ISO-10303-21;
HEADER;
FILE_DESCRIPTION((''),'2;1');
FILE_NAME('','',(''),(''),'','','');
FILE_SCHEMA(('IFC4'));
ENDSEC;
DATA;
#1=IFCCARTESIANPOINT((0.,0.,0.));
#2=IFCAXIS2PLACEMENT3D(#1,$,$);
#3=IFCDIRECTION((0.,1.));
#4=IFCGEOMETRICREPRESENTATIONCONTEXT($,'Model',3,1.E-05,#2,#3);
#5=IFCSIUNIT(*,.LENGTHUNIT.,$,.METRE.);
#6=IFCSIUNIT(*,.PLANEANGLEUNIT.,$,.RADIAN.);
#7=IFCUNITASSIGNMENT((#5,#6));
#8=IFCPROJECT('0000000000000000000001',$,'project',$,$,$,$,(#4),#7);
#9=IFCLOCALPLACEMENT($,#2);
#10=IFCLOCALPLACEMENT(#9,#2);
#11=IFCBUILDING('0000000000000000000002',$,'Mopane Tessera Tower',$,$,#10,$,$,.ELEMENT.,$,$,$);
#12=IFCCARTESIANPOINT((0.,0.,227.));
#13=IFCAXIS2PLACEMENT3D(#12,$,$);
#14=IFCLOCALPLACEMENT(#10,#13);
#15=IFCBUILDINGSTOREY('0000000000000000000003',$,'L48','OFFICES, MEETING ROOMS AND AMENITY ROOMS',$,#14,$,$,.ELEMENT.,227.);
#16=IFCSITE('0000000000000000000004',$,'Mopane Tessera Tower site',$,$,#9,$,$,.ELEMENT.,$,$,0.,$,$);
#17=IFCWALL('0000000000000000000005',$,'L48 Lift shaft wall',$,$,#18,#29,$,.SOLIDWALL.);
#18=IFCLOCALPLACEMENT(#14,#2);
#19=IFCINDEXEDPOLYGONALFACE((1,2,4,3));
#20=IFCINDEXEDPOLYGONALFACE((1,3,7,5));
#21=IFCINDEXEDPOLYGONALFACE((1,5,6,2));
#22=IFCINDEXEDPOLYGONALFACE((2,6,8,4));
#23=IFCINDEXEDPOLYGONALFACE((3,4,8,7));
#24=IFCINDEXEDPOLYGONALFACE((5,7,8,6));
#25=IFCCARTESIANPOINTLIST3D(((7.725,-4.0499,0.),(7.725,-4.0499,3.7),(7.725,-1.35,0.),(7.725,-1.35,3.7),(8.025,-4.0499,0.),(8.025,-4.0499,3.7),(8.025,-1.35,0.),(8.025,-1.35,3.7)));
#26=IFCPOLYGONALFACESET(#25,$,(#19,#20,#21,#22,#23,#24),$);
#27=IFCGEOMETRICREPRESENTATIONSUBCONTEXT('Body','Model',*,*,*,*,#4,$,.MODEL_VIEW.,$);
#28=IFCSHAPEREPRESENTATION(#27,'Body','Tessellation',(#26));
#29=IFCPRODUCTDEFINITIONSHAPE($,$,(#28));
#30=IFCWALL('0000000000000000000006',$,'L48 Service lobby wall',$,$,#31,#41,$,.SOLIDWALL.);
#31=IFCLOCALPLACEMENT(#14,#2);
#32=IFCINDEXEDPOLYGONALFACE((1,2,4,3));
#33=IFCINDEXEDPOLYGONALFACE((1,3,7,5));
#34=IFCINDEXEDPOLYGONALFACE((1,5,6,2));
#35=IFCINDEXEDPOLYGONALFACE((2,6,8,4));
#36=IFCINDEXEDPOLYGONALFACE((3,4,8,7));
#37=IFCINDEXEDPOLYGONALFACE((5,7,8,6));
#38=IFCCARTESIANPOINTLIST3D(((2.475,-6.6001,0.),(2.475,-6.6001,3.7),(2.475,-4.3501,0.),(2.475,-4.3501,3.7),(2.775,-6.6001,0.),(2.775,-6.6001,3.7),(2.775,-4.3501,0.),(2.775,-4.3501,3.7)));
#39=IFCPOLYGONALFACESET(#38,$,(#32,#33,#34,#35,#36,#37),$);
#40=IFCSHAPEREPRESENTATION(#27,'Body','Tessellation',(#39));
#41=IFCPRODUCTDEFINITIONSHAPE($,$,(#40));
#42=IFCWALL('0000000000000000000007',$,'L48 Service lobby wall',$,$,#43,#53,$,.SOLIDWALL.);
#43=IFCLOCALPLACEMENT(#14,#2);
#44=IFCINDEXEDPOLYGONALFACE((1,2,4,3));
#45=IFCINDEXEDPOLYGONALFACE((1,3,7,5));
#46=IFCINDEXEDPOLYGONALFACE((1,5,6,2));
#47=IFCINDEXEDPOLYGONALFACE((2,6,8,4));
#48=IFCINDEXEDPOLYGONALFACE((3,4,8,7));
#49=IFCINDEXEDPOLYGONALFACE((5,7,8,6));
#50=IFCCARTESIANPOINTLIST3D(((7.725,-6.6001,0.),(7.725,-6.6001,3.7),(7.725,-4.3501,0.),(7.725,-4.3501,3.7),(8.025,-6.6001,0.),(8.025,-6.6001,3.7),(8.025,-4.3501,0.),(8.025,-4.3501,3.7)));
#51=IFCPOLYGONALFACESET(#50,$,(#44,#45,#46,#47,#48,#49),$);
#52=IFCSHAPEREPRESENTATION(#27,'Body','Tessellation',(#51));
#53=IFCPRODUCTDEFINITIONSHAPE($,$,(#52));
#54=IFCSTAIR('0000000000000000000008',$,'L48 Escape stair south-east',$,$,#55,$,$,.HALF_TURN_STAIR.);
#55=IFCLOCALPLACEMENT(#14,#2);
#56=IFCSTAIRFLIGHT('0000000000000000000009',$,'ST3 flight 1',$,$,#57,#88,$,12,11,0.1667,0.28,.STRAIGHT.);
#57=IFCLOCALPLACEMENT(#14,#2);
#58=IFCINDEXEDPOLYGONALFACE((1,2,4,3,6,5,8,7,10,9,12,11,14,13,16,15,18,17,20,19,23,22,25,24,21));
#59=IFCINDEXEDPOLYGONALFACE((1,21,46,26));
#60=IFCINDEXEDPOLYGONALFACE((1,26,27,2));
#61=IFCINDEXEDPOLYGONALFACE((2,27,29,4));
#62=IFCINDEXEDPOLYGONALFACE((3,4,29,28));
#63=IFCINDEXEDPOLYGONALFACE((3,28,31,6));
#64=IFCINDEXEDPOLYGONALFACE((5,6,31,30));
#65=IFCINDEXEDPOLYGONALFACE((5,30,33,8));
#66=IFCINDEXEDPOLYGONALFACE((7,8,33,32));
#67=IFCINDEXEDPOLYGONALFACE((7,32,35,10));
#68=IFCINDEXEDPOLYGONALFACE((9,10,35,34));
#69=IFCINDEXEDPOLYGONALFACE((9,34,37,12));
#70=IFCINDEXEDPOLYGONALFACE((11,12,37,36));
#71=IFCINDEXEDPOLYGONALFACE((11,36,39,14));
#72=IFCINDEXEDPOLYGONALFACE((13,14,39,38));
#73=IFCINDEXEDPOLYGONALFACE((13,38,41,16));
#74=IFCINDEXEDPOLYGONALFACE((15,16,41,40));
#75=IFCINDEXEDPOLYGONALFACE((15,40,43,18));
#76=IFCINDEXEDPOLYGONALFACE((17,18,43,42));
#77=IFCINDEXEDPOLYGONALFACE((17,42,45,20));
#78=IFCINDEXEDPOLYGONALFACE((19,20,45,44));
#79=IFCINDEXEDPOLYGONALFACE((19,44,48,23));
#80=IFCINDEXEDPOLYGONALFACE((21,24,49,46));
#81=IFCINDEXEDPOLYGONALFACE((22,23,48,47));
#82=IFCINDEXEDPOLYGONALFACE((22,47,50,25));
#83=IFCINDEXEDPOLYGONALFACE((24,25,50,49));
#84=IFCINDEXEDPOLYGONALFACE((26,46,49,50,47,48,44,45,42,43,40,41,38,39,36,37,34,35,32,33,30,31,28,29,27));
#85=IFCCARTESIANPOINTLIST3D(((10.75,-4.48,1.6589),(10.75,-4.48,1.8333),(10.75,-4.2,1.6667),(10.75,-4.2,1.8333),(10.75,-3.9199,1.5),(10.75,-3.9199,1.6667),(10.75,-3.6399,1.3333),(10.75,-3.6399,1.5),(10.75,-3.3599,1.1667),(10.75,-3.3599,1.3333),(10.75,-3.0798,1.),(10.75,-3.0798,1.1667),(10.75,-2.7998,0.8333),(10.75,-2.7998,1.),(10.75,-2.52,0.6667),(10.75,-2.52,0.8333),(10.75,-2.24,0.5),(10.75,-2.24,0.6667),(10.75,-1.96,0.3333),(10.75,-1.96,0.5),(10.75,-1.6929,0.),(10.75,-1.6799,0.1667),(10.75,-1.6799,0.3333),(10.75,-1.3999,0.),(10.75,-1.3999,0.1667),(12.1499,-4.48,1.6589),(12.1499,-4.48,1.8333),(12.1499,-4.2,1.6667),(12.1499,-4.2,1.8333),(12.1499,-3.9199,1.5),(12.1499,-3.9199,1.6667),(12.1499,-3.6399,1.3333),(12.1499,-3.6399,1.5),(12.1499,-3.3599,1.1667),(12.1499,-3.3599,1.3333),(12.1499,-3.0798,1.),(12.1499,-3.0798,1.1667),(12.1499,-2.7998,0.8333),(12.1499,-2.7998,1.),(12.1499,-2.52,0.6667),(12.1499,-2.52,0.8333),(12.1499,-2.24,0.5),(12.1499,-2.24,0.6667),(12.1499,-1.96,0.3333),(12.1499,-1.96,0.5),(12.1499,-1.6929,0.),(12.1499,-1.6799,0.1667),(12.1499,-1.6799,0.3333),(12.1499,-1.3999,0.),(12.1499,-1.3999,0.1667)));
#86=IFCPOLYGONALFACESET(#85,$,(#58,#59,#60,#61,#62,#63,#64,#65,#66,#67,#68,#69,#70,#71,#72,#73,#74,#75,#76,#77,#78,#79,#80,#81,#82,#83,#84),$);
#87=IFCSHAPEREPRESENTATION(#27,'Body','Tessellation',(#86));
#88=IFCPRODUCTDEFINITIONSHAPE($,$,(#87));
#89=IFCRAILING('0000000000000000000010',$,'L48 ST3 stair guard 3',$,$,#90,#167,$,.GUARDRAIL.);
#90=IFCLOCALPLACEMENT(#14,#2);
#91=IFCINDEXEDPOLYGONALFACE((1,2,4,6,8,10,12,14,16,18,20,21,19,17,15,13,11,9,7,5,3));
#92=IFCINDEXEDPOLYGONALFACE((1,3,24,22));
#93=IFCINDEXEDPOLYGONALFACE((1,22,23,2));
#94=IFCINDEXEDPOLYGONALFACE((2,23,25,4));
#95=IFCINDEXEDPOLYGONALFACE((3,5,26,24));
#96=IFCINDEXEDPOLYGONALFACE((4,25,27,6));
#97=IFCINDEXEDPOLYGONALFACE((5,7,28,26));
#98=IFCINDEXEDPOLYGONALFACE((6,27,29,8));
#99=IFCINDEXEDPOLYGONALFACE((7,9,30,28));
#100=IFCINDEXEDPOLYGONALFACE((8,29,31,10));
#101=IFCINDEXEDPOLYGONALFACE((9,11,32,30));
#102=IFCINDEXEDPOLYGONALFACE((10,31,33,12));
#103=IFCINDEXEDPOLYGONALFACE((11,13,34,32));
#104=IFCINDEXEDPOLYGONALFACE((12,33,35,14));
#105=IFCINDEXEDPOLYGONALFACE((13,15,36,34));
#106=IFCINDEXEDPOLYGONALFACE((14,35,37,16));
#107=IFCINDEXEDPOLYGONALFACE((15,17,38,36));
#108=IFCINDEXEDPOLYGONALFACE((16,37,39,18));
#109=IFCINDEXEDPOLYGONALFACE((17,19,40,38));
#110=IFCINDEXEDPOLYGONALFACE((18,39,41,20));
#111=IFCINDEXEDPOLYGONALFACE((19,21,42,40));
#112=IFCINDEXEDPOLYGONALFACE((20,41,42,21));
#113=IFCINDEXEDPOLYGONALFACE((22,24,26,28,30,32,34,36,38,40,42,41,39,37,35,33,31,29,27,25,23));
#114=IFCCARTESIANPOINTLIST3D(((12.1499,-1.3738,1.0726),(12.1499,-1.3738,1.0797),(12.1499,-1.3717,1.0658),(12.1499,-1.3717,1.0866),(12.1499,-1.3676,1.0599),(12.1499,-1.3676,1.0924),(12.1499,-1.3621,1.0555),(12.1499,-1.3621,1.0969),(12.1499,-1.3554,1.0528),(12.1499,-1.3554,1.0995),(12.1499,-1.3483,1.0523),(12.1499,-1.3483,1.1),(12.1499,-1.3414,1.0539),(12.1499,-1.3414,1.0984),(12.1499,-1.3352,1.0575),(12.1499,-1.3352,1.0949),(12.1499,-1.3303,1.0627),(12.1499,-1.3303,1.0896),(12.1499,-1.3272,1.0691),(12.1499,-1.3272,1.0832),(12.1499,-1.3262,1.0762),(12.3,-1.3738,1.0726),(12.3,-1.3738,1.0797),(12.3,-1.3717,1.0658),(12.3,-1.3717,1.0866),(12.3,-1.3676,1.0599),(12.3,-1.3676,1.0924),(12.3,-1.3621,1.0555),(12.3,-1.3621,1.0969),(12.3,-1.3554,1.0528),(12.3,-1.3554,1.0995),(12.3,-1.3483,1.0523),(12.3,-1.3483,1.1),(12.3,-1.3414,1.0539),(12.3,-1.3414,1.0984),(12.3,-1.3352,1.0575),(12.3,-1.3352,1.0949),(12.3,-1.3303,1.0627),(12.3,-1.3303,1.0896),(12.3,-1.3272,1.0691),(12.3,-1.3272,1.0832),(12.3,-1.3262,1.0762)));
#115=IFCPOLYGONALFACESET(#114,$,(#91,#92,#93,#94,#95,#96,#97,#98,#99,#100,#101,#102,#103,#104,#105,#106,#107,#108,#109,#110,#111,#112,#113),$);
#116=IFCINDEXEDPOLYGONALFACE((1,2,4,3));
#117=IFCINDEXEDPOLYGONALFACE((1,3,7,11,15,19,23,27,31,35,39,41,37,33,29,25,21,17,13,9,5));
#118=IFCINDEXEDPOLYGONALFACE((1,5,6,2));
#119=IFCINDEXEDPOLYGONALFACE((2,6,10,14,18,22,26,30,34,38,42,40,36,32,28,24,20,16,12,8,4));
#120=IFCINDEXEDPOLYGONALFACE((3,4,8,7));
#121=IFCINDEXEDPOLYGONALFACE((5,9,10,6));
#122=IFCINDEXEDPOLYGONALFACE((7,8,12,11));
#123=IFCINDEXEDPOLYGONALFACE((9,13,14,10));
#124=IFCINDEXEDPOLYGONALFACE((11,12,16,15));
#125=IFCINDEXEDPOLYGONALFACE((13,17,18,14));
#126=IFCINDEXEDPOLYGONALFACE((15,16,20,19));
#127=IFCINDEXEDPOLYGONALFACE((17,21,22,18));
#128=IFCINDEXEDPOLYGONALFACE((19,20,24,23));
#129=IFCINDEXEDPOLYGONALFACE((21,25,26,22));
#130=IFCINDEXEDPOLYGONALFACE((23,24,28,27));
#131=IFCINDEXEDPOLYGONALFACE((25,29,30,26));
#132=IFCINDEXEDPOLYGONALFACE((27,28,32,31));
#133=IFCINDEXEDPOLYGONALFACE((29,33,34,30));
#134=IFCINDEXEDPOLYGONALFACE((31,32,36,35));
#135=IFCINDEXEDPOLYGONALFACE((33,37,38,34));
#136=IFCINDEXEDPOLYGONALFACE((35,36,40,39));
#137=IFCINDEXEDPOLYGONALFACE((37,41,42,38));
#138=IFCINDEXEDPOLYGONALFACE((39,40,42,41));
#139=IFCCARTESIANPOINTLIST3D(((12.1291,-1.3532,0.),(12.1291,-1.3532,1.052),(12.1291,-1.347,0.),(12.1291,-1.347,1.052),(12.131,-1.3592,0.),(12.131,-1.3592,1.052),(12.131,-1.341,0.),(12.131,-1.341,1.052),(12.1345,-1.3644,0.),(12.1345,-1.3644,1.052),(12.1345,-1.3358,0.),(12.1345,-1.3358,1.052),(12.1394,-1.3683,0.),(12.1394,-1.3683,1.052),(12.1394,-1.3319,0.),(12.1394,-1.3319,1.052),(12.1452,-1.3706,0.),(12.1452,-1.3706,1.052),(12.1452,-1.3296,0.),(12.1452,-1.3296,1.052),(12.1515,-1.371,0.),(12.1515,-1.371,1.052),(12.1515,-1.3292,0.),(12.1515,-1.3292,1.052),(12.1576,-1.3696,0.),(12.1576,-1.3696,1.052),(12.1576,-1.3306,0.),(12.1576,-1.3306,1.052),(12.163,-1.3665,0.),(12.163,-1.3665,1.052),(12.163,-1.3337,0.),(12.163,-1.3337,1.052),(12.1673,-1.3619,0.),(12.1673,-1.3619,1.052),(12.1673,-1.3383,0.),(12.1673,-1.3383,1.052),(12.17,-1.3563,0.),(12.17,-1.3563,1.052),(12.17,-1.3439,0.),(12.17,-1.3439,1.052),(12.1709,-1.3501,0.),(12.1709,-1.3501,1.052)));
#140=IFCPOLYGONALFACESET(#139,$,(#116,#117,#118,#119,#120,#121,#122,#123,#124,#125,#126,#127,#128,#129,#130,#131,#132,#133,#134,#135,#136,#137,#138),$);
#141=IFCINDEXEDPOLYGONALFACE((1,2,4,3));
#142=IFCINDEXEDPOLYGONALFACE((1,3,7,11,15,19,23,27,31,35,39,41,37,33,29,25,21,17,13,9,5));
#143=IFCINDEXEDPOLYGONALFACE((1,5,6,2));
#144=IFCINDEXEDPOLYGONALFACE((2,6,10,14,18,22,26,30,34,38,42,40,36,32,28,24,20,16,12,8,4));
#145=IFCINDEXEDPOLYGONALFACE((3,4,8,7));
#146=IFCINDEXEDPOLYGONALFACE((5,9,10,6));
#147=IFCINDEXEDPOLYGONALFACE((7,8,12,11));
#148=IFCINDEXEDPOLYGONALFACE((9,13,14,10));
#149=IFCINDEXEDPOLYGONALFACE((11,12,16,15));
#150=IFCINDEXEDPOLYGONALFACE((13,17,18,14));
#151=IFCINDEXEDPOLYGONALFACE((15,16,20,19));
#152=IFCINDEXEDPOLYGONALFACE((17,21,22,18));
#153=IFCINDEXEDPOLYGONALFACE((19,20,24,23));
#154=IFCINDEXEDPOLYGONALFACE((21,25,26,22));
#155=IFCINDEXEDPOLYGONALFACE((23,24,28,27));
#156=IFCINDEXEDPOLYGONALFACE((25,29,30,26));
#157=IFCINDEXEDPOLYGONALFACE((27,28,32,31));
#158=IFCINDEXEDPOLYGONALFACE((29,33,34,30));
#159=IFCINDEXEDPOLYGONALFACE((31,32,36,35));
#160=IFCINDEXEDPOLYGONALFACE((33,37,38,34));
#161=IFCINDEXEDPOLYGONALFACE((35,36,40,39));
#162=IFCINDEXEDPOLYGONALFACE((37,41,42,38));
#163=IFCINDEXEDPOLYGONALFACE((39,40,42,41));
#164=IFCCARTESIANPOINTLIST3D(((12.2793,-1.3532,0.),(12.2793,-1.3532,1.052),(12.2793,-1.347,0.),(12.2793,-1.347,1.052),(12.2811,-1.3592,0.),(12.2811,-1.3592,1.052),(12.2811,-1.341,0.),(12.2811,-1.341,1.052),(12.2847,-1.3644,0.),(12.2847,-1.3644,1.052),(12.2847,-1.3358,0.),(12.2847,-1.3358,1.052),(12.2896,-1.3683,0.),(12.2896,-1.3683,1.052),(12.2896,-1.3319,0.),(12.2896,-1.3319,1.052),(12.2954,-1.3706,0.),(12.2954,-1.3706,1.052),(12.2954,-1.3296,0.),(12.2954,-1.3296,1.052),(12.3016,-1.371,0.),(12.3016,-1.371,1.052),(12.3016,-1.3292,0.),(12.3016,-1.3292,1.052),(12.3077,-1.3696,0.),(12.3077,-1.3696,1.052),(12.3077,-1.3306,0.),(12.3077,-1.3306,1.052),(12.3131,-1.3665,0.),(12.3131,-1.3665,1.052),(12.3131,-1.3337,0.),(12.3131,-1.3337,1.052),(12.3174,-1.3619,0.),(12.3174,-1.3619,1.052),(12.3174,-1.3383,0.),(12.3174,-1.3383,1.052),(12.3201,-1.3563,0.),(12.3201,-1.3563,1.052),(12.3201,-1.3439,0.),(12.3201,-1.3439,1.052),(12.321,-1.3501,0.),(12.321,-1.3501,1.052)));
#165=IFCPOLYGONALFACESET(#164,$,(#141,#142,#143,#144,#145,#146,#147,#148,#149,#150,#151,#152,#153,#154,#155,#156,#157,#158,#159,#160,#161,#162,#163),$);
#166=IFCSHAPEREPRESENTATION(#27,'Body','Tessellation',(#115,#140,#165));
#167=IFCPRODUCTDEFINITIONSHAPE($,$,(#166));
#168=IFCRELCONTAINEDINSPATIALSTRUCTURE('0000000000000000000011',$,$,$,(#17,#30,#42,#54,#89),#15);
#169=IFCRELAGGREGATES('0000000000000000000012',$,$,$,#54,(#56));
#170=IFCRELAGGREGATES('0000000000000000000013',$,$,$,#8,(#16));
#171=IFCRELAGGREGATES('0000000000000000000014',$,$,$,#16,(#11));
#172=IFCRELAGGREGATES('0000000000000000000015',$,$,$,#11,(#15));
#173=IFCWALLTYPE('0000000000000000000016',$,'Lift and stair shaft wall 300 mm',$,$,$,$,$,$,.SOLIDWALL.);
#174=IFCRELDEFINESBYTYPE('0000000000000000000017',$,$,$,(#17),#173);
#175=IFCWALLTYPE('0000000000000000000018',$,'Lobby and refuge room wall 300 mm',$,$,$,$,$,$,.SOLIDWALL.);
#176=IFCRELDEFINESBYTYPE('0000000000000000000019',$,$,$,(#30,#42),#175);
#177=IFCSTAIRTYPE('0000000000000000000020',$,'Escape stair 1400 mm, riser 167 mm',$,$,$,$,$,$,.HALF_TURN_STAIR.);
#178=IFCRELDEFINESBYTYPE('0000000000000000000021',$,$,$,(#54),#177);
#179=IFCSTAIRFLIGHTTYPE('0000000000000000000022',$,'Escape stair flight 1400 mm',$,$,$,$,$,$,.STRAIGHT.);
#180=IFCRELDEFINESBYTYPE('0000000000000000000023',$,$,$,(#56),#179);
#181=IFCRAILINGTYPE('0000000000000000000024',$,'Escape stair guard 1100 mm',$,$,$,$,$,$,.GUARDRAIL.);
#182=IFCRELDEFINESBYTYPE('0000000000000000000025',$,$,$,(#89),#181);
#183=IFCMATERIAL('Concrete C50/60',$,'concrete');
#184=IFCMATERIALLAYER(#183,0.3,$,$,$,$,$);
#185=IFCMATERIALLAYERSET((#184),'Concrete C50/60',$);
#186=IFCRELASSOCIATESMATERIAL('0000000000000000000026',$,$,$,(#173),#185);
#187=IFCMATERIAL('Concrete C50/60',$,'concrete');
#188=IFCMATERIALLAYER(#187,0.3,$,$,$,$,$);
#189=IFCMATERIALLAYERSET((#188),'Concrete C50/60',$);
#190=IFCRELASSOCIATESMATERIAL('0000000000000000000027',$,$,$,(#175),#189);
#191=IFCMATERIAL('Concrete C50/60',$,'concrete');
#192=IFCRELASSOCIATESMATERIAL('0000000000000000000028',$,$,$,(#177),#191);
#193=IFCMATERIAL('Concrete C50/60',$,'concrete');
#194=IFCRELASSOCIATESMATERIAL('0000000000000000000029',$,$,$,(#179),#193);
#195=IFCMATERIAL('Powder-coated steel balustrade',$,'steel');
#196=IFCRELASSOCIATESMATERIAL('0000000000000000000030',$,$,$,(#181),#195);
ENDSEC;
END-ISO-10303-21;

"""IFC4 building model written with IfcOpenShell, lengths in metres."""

from ifc_helpers import new_model, si_unit, direction, frame, frame_2d, origin, origin_2d, place, context, subcontext, project, spatial, polyline, rectangle, circle, outline, extrude, material, layer, layer_set, type_object, element, aggregate, save


model = new_model("IFC4")

# Units and contexts
model_context = context("Model", 3, precision=1e-05, world=origin(), true_north=direction((0.0, 1.0)))
body_context = subcontext(model_context, "Body", "Model", "MODEL_VIEW")
ifc_project = project(units=[si_unit("LENGTHUNIT", "METRE"), si_unit("PLANEANGLEUNIT", "RADIAN")], contexts=[model_context])

# Site, building, storey
site_placement = place(None, origin())
site = spatial("IfcSite", under=ifc_project, at=site_placement, Name="Mopane Tessera Tower site", CompositionType="ELEMENT", RefElevation=0.0)
building_placement = place(site_placement, origin())
building = spatial("IfcBuilding", under=site, at=building_placement, Name="Mopane Tessera Tower", CompositionType="ELEMENT")
storey_placement = place(building_placement, frame((0.0, 0.0, 227.0)))
storey = spatial("IfcBuildingStorey", under=building, at=storey_placement, Name="L48", Description="OFFICES, MEETING ROOMS AND AMENITY ROOMS", CompositionType="ELEMENT", Elevation=227.0)

# Shared definitions
ifc_material_1 = material(Name="Concrete C50/60", Category="concrete")
ifc_layer_1 = layer(ifc_material_1, 0.3)
ifc_layer_set_1 = layer_set([ifc_layer_1], Name="Concrete C50/60")
wall_type_1 = type_object("IfcWallType", Name="Lift and stair shaft wall 300 mm", PredefinedType="SOLIDWALL", material=ifc_layer_set_1)

# Walls
for number, where, z_axis, x_axis, name in (
    (1, (7.875, -4.05, 0.0), (0.0, 0.0, 1.0), (0.0, 1.0, 0.0), "L48 Lift shaft wall"),
):
    element("IfcWall", number, at=place(storey_placement, frame(where, z_axis=z_axis, x_axis=x_axis)), inside=storey, type_object=wall_type_1, Name=name, PredefinedType="SOLIDWALL", context=body_context, shape_type="SweptSolid", body=[
        extrude(rectangle(XDim=2.7, YDim=0.3, at=frame_2d((1.3501, 0.0))), origin(), (0.0, 0.0, 1.0), 3.7),
    ])
ifc_material_2 = material(Name="Concrete C50/60", Category="concrete")
ifc_layer_2 = layer(ifc_material_2, 0.3)
ifc_layer_set_2 = layer_set([ifc_layer_2], Name="Concrete C50/60")
wall_type_2 = type_object("IfcWallType", Name="Lobby and refuge room wall 300 mm", PredefinedType="SOLIDWALL", material=ifc_layer_set_2)
for number, where, z_axis, x_axis, name in (
    (2, (2.625, -6.6001, 0.0), (0.0, 0.0, 1.0), (0.0, 1.0, 0.0), "L48 Service lobby wall"),
    (3, (7.875, -6.6001, 0.0), (0.0, 0.0, 1.0), (0.0, 1.0, 0.0), "L48 Service lobby wall"),
):
    element("IfcWall", number, at=place(storey_placement, frame(where, z_axis=z_axis, x_axis=x_axis)), inside=storey, type_object=wall_type_2, Name=name, PredefinedType="SOLIDWALL", context=body_context, shape_type="SweptSolid", body=[
        extrude(rectangle(XDim=2.25, YDim=0.3, at=frame_2d((1.125, 0.0))), origin(), (0.0, 0.0, 1.0), 3.7),
    ])

# Stair, stair flight
ifc_material_3 = material(Name="Concrete C50/60", Category="concrete")
stair_type = type_object("IfcStairType", Name="Escape stair 1400 mm, riser 167 mm", PredefinedType="HALF_TURN_STAIR", material=ifc_material_3)
stair_placement = place(storey_placement, origin())
stair = element("IfcStair", 4, at=stair_placement, inside=storey, type_object=stair_type, Name="L48 Escape stair south-east", PredefinedType="HALF_TURN_STAIR")
ifc_material_4 = material(Name="Concrete C50/60", Category="concrete")
stair_flight_type = type_object("IfcStairFlightType", Name="Escape stair flight 1400 mm", PredefinedType="STRAIGHT", material=ifc_material_4)
stair_flight_placement = place(storey_placement, frame((11.45, -1.3999, 0.0), z_axis=(0.0, 0.0, 1.0), x_axis=(0.0, -1.0, 0.0)))
stair_flight = element("IfcStairFlight", 5, at=stair_flight_placement, type_object=stair_flight_type, Name="ST3 flight 1", NumberOfRisers=12, NumberOfTreads=11, PredefinedType="STRAIGHT", RiserHeight=0.1667, TreadLength=0.28, context=body_context, shape_type="SweptSolid", body=[
    extrude(outline(polyline([(0.0, 0.0), (0.0, 0.1667), (0.28, 0.1667), (0.28, 0.3333), (0.5601, 0.3333), (0.5601, 0.5), (0.8401, 0.5), (0.8401, 0.6667), (1.1201, 0.6667), (1.1201, 0.8333), (1.3999, 0.8333), (1.3999, 1.0), (1.6799, 1.0), (1.6799, 1.1667), (1.96, 1.1667), (1.96, 1.3333), (2.24, 1.3333), (2.24, 1.5), (2.52, 1.5), (2.52, 1.6667), (2.8, 1.6667), (2.8, 1.8333), (3.0801, 1.8333), (3.0801, 2.0), (3.0801, 1.6589), (0.293, 0.0), (0.0, 0.0)])), frame((0.0, 0.7, 0.0), z_axis=(0.0, -1.0, 0.0), x_axis=(1.0, 0.0, 0.0)), (0.0, 0.0, 1.0), 1.3999),
])
aggregate(stair, [stair_flight])

# Railing
ifc_material_5 = material(Name="Powder-coated steel balustrade", Category="steel")
railing_type_1 = type_object("IfcRailingType", Name="Escape stair guard 1100 mm", PredefinedType="GUARDRAIL", material=ifc_material_5)
railing_1_placement = place(storey_placement, frame((12.1499, -1.3501, 0.0)))
element("IfcRailing", 6, at=railing_1_placement, inside=storey, type_object=railing_type_1, Name="L48 ST3 stair guard 3", PredefinedType="GUARDRAIL", context=body_context, shape_type="SweptSolid", body=[
    extrude(circle(Radius=0.0239, at=origin_2d()), frame((0.0, 0.0, 1.0762), z_axis=(1.0, 0.0, 0.0), x_axis=(0.0, 1.0, 0.0)), (0.0, 0.0, 1.0), 0.1501),
    extrude(circle(Radius=0.021, at=origin_2d()), origin(), (0.0, 0.0, 1.0), 1.052),
    extrude(circle(Radius=0.021, at=origin_2d()), frame((0.1501, 0.0, 0.0)), (0.0, 0.0, 1.0), 1.052),
])

save(model, "model.ifc")
